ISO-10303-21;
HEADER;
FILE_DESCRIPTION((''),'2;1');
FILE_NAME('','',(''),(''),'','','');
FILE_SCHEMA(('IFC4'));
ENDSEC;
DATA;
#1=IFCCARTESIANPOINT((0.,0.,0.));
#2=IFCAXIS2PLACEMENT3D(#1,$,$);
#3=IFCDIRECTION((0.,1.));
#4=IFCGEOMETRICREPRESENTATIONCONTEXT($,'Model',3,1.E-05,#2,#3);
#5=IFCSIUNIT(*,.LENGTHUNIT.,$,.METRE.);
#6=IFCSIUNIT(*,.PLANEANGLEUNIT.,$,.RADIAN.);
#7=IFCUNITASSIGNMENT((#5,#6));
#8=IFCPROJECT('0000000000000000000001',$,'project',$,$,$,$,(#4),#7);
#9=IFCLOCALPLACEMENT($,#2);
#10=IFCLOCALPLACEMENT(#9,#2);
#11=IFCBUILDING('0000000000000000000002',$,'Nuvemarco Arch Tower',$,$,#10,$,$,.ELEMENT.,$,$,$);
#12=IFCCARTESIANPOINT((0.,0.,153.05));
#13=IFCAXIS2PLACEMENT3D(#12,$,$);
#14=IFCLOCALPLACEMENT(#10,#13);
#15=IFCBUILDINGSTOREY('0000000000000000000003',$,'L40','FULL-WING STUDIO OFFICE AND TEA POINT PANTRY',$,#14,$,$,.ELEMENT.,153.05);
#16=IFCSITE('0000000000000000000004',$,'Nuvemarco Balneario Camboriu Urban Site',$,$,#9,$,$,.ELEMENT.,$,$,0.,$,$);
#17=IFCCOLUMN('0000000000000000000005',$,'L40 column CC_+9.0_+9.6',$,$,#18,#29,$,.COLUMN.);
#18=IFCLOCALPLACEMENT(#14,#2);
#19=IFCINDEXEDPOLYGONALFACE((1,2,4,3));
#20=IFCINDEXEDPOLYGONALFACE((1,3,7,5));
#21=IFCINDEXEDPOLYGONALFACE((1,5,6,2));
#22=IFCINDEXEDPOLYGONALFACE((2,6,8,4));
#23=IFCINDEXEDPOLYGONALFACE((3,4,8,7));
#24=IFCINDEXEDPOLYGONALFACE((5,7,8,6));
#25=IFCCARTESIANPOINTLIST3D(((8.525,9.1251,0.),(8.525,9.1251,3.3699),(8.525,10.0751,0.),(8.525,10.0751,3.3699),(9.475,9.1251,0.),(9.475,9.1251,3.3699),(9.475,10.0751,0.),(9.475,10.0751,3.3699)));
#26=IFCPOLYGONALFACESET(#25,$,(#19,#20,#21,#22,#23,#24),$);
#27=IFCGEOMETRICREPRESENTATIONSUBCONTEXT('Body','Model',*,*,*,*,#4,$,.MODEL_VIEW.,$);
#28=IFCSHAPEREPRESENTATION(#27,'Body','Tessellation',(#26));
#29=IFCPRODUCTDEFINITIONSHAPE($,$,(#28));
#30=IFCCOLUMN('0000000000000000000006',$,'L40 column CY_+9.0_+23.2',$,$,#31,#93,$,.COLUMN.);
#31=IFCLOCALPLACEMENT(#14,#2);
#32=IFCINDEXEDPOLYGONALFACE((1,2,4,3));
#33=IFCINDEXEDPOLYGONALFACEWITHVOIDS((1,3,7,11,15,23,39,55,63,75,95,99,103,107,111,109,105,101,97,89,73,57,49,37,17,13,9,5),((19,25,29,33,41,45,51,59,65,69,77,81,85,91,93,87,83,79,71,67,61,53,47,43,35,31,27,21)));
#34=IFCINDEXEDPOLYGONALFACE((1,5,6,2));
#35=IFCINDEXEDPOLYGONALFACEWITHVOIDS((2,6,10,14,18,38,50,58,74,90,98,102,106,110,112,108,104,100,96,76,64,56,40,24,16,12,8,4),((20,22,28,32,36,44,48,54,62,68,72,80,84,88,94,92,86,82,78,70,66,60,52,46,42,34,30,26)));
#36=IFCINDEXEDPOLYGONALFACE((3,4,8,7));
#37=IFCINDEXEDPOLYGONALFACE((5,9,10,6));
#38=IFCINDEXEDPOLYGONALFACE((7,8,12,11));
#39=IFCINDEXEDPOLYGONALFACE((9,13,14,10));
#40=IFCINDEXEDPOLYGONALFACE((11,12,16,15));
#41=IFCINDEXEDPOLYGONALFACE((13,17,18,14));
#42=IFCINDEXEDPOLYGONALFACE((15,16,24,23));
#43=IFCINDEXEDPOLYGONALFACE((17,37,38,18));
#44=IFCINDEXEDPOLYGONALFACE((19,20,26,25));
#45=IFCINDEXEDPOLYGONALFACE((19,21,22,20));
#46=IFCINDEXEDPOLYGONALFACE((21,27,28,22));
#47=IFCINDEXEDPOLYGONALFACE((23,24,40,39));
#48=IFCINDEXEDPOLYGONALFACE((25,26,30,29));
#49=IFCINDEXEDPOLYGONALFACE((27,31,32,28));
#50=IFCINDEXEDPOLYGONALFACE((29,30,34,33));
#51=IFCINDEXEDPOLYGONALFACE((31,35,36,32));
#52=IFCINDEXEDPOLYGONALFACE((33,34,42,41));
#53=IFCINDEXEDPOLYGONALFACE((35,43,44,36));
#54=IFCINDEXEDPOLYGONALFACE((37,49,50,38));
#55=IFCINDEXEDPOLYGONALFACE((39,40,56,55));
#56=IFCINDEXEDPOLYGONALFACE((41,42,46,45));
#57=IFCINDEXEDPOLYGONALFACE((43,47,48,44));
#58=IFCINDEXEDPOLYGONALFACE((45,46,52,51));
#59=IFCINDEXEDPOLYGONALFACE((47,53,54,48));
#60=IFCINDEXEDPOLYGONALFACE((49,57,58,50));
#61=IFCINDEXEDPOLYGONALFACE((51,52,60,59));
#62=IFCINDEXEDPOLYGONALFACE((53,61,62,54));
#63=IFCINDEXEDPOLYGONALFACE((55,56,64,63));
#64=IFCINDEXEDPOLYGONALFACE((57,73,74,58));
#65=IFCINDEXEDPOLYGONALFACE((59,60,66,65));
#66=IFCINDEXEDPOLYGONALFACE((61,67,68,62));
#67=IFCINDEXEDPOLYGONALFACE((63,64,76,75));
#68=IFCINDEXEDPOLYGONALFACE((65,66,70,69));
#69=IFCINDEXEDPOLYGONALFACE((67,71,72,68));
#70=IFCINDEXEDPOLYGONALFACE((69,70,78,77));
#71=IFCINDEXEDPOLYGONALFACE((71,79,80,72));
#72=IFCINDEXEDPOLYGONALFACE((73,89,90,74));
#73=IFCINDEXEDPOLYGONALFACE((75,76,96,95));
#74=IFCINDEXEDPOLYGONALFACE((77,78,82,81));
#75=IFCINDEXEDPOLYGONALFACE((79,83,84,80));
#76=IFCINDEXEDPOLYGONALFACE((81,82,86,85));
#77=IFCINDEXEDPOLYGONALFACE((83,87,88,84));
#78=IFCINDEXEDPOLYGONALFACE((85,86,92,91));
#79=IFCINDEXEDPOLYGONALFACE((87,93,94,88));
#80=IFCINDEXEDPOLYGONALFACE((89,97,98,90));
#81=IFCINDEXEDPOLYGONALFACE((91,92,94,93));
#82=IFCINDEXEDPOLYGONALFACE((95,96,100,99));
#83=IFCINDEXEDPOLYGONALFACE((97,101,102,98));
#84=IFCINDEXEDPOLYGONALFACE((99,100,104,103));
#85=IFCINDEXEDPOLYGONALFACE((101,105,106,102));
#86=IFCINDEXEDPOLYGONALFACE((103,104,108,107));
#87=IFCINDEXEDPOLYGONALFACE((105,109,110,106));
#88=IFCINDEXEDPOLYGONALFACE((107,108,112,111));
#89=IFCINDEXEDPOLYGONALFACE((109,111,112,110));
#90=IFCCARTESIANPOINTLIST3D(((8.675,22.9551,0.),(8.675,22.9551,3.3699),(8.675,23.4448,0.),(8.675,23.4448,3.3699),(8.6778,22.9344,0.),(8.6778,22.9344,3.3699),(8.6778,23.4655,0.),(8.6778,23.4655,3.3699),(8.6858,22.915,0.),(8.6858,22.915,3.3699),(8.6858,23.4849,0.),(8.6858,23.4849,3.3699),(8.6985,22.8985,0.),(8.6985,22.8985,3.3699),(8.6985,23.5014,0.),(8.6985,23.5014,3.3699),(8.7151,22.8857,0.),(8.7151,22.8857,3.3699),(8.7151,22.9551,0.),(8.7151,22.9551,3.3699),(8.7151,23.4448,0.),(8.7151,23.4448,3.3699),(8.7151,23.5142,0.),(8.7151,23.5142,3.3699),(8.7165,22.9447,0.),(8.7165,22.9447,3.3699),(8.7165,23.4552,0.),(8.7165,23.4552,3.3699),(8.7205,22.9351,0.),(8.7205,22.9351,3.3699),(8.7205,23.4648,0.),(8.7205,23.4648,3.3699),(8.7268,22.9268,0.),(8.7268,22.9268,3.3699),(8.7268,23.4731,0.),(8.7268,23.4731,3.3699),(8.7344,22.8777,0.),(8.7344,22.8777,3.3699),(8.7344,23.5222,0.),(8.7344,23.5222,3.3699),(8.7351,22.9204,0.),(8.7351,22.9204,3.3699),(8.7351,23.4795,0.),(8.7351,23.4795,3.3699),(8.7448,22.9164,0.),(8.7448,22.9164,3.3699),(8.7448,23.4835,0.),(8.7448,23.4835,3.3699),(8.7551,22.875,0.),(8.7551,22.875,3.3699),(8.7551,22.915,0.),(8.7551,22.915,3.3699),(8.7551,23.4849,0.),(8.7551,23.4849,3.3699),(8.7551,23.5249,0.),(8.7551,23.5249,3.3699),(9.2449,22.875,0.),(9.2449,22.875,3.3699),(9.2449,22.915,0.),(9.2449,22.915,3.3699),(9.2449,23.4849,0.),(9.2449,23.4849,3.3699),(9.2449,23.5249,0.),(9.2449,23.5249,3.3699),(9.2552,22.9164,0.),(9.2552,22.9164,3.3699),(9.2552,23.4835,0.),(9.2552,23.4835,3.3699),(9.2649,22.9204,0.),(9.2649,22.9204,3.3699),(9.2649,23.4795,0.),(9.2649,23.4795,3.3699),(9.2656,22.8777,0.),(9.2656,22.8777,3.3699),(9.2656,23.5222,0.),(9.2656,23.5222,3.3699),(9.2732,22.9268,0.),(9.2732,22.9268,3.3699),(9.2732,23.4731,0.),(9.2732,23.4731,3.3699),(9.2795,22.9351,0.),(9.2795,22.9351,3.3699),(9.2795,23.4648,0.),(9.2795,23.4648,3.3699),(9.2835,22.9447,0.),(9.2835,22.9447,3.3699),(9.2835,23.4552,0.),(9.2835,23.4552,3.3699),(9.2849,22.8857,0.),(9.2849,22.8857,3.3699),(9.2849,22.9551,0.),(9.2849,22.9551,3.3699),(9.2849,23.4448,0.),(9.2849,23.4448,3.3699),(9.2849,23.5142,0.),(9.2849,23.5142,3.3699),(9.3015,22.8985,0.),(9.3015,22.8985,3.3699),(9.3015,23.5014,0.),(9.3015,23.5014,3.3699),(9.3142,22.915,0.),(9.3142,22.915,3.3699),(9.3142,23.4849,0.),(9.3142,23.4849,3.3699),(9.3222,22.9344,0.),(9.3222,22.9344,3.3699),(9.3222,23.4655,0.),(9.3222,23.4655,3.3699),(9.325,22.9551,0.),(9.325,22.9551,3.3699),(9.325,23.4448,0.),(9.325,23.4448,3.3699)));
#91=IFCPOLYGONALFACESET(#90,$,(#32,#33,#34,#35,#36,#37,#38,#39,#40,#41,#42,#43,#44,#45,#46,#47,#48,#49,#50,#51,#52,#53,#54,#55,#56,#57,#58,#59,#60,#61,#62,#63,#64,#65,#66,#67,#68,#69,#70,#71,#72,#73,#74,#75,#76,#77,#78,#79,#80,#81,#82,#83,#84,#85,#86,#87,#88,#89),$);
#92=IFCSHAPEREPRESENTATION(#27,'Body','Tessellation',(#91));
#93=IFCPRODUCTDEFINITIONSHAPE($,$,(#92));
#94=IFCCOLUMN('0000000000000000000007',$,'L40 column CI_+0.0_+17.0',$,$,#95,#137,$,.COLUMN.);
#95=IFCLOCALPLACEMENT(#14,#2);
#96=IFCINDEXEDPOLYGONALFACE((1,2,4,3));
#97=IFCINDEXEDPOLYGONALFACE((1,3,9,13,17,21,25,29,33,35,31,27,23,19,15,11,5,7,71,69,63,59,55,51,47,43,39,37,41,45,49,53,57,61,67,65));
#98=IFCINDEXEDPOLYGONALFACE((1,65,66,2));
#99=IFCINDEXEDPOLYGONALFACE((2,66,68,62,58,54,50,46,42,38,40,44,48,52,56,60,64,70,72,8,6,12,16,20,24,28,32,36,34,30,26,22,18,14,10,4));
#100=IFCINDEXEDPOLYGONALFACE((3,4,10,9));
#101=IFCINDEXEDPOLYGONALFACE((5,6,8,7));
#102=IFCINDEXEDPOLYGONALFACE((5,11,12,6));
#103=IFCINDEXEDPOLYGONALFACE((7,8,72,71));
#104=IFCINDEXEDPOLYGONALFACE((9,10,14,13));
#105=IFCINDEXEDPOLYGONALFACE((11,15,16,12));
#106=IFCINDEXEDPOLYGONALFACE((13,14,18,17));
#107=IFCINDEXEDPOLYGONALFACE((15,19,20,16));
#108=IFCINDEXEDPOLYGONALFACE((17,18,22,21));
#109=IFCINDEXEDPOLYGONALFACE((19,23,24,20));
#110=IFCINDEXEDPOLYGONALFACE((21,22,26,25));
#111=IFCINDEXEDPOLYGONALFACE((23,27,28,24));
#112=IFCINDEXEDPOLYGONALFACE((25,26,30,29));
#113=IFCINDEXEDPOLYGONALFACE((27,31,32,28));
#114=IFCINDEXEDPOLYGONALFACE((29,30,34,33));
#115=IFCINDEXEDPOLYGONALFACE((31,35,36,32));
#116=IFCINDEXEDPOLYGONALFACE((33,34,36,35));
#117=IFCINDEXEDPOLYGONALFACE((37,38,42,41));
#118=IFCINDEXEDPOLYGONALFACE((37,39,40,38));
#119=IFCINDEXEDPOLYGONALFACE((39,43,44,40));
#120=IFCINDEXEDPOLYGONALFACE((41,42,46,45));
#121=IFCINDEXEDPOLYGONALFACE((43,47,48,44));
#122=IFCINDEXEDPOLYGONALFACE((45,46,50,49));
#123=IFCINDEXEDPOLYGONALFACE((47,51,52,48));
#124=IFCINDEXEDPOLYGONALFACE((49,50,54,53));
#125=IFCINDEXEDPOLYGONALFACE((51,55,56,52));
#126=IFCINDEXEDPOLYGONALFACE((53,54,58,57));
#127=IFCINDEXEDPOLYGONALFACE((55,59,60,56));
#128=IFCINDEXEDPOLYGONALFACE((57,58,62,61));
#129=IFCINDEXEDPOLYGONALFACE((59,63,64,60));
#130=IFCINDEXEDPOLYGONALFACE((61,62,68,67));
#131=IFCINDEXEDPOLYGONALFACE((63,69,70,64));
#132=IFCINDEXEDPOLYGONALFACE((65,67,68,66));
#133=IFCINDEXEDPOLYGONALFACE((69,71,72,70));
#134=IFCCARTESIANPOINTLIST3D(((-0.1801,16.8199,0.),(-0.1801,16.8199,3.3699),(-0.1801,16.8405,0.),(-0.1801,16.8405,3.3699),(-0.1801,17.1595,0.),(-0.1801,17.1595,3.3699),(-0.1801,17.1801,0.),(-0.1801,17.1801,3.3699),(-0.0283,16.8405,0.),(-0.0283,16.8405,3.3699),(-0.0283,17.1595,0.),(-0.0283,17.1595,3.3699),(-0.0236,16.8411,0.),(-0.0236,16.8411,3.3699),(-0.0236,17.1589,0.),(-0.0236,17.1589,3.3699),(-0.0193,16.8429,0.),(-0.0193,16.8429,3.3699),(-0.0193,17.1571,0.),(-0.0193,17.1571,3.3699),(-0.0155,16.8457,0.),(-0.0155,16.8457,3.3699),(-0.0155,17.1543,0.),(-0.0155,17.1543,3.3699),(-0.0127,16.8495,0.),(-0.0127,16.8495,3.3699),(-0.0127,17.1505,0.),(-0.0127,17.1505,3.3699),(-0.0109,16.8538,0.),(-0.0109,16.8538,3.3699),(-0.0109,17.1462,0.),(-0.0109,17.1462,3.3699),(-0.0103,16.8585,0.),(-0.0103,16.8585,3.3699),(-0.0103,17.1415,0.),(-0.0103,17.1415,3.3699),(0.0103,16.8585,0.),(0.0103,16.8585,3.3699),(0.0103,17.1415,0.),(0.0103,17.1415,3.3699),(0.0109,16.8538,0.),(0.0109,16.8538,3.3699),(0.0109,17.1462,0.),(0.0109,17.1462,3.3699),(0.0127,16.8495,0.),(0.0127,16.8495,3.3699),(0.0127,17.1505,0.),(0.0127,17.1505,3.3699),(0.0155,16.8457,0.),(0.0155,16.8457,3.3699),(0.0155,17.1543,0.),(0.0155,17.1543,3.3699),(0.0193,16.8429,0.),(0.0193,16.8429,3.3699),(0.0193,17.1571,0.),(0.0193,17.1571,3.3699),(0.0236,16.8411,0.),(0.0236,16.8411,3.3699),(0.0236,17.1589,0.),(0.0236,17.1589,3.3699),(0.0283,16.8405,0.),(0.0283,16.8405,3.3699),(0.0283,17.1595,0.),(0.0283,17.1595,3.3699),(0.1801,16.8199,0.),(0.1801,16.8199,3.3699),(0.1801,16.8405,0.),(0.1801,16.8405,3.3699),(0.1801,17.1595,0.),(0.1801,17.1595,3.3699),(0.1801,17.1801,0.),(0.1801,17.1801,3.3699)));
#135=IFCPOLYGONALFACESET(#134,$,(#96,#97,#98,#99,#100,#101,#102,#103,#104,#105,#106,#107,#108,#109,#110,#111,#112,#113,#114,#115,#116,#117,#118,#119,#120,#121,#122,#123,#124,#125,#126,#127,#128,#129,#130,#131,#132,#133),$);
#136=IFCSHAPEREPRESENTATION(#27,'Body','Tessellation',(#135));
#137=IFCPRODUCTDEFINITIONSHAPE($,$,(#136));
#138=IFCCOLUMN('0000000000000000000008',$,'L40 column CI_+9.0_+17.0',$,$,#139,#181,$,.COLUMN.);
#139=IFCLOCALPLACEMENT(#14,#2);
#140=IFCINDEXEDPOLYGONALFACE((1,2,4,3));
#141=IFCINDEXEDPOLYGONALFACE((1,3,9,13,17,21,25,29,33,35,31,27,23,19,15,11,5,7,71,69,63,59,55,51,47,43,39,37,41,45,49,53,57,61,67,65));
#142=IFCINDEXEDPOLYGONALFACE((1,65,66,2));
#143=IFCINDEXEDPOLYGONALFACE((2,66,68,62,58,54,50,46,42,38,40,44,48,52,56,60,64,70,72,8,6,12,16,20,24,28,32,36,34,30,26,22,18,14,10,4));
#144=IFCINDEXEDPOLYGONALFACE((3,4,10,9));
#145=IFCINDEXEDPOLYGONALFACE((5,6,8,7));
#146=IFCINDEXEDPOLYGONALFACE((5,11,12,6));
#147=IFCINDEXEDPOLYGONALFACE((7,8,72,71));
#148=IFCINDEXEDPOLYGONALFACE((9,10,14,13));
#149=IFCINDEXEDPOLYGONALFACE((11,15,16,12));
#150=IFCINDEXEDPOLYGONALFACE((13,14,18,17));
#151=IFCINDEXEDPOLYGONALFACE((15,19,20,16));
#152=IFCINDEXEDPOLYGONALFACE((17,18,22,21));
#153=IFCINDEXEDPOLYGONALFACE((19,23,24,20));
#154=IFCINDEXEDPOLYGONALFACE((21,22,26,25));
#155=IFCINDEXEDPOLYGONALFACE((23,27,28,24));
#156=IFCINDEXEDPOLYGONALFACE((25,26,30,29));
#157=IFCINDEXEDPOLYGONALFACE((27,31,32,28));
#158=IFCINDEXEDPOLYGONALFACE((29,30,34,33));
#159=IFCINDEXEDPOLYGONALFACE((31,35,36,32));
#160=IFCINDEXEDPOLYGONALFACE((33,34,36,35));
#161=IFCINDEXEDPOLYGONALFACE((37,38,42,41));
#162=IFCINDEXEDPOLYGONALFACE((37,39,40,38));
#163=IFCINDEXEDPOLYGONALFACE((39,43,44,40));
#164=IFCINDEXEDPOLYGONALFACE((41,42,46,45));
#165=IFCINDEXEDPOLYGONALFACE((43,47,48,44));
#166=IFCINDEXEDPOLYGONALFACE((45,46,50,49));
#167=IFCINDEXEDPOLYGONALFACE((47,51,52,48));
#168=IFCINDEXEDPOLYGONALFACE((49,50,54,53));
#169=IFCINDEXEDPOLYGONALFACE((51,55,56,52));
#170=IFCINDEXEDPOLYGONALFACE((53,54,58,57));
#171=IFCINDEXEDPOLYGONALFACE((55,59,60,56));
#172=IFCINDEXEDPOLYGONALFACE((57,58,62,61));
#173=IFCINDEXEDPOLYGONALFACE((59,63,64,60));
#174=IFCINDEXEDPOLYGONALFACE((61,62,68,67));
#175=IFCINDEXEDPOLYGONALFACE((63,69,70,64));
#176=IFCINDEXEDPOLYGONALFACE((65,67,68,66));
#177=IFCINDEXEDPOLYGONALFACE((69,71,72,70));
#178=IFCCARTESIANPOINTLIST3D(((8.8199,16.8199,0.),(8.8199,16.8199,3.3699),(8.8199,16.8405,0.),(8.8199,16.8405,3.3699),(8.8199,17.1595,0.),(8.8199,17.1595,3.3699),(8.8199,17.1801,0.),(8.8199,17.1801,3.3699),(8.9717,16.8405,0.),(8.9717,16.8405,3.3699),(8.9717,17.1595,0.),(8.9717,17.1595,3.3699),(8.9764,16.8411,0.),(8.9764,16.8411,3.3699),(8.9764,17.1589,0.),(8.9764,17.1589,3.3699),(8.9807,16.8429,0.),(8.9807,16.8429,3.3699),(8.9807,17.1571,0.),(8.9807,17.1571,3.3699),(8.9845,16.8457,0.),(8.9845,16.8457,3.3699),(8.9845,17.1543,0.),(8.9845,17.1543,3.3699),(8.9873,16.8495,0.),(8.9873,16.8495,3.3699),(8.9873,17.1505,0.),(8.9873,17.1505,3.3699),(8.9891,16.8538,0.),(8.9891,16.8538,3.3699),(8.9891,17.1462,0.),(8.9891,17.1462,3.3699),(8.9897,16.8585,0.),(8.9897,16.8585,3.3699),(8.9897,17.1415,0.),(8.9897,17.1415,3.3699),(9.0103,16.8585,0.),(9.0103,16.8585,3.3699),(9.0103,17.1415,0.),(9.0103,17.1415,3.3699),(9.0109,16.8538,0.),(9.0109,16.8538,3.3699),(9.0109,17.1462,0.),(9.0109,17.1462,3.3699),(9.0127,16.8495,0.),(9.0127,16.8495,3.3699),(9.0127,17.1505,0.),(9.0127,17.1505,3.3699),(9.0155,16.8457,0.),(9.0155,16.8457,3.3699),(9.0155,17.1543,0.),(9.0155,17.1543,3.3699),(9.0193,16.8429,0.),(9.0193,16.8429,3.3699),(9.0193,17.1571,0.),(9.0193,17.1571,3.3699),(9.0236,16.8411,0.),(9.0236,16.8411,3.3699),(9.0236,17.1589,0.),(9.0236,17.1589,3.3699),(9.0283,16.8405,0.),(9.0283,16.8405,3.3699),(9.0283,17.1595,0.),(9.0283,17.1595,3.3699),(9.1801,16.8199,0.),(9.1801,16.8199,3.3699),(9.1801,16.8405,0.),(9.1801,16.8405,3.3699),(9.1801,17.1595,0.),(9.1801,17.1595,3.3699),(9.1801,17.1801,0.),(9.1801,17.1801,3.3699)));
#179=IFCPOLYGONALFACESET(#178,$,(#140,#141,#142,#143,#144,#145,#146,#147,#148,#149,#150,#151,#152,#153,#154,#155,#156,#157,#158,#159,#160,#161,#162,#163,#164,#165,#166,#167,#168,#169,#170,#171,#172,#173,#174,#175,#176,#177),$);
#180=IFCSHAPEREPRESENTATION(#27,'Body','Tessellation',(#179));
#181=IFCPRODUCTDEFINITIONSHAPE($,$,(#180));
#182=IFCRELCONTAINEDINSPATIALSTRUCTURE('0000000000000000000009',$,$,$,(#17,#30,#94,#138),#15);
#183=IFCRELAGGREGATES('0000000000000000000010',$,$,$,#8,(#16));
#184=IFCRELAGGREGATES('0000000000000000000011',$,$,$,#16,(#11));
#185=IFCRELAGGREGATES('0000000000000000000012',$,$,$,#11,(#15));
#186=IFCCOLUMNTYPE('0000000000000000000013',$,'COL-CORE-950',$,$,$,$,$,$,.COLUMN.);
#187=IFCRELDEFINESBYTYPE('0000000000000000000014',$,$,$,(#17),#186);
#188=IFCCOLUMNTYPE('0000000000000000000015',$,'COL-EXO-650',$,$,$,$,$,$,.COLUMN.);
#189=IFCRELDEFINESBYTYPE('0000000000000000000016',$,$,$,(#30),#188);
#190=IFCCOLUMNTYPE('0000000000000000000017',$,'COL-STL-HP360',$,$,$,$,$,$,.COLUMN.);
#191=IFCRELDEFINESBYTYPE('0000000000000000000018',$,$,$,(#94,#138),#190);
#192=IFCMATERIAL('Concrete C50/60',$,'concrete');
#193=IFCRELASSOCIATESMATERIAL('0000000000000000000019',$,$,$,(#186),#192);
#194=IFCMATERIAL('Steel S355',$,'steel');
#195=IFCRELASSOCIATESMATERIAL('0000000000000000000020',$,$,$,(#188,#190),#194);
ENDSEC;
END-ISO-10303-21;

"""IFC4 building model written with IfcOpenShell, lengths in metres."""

from ifc_helpers import new_model, si_unit, direction, frame, origin, origin_2d, place, context, subcontext, project, spatial, rectangle, hollow_rectangle, i_section, extrude, material, material_profile, profile_set, type_object, element, save


model = new_model("IFC4")

# Units and contexts
model_context = context("Model", 3, precision=1e-05, world=origin(), true_north=direction((0.0, 1.0)))
body_context = subcontext(model_context, "Body", "Model", "MODEL_VIEW")
ifc_project = project(units=[si_unit("LENGTHUNIT", "METRE"), si_unit("PLANEANGLEUNIT", "RADIAN")], contexts=[model_context])

# Site, building, storey
site_placement = place(None, origin())
site = spatial("IfcSite", under=ifc_project, at=site_placement, Name="Nuvemarco Balneario Camboriu Urban Site", CompositionType="ELEMENT", RefElevation=0.0)
building_placement = place(site_placement, origin())
building = spatial("IfcBuilding", under=site, at=building_placement, Name="Nuvemarco Arch Tower", CompositionType="ELEMENT")
storey_placement = place(building_placement, frame((0.0, 0.0, 153.05)))
storey = spatial("IfcBuildingStorey", under=building, at=storey_placement, Name="L40", Description="FULL-WING STUDIO OFFICE AND TEA POINT PANTRY", CompositionType="ELEMENT", Elevation=153.05)

# Columns
ifc_material_1 = material(Name="Concrete C50/60", Category="concrete")
ifc_material_profile_1 = material_profile(ifc_material_1, rectangle(XDim=0.95, YDim=0.95, at=origin_2d()), Name="RC-COL-950x950")
ifc_profile_set_1 = profile_set([ifc_material_profile_1], Name="Concrete C50/60")
column_type_1 = type_object("IfcColumnType", Name="COL-CORE-950", PredefinedType="COLUMN", material=ifc_profile_set_1)
column_1_placement = place(storey_placement, frame((9.0, 9.6001, 0.0), z_axis=(0.0, 0.0, 1.0), x_axis=(1.0, 0.0, 0.0)))
element("IfcColumn", 1, at=column_1_placement, inside=storey, type_object=column_type_1, Name="L40 column CC_+9.0_+9.6", PredefinedType="COLUMN", context=body_context, shape_type="SweptSolid", body=[
    extrude(rectangle(XDim=0.95, YDim=0.95, at=origin_2d()), origin(), (0.0, 0.0, 1.0), 3.3699),
])
ifc_material_2 = material(Name="Steel S355", Category="steel")
ifc_material_profile_2 = material_profile(ifc_material_2, hollow_rectangle(XDim=0.6499, YDim=0.6499, WallThickness=0.04, InnerFilletRadius=0.04, OuterFilletRadius=0.0801, at=origin_2d()), Name="SHS650x650x40")
ifc_profile_set_2 = profile_set([ifc_material_profile_2], Name="Steel S355")
column_type_2 = type_object("IfcColumnType", Name="COL-EXO-650", PredefinedType="COLUMN", material=ifc_profile_set_2)
column_2_placement = place(storey_placement, frame((9.0, 23.2, 0.0), z_axis=(0.0, 0.0, 1.0), x_axis=(1.0, 0.0, 0.0)))
element("IfcColumn", 2, at=column_2_placement, inside=storey, type_object=column_type_2, Name="L40 column CY_+9.0_+23.2", PredefinedType="COLUMN", context=body_context, shape_type="SweptSolid", body=[
    extrude(hollow_rectangle(XDim=0.6499, YDim=0.6499, WallThickness=0.04, InnerFilletRadius=0.04, OuterFilletRadius=0.0801, at=origin_2d()), origin(), (0.0, 0.0, 1.0), 3.3699),
])
ifc_material_profile_3 = material_profile(ifc_material_2, i_section(OverallWidth=0.3601, OverallDepth=0.3601, WebThickness=0.0205, FlangeThickness=0.0205, FilletRadius=0.0181, at=origin_2d()), Name="HP360x174")
ifc_profile_set_3 = profile_set([ifc_material_profile_3], Name="Steel S355")
column_type_3 = type_object("IfcColumnType", Name="COL-STL-HP360", PredefinedType="COLUMN", material=ifc_profile_set_3)
for number, where, z_axis, x_axis, name in (
    (3, (0.0, 17.0, 0.0), (0.0, 0.0, 1.0), (1.0, 0.0, 0.0), "L40 column CI_+0.0_+17.0"),
    (4, (9.0, 17.0, 0.0), (0.0, 0.0, 1.0), (1.0, 0.0, 0.0), "L40 column CI_+9.0_+17.0"),
):
    element("IfcColumn", number, at=place(storey_placement, frame(where, z_axis=z_axis, x_axis=x_axis)), inside=storey, type_object=column_type_3, Name=name, PredefinedType="COLUMN", context=body_context, shape_type="SweptSolid", body=[
        extrude(i_section(OverallWidth=0.3601, OverallDepth=0.3601, WebThickness=0.0205, FlangeThickness=0.0205, FilletRadius=0.0181, at=origin_2d()), origin(), (0.0, 0.0, 1.0), 3.3699),
    ])

save(model, "model.ifc")
